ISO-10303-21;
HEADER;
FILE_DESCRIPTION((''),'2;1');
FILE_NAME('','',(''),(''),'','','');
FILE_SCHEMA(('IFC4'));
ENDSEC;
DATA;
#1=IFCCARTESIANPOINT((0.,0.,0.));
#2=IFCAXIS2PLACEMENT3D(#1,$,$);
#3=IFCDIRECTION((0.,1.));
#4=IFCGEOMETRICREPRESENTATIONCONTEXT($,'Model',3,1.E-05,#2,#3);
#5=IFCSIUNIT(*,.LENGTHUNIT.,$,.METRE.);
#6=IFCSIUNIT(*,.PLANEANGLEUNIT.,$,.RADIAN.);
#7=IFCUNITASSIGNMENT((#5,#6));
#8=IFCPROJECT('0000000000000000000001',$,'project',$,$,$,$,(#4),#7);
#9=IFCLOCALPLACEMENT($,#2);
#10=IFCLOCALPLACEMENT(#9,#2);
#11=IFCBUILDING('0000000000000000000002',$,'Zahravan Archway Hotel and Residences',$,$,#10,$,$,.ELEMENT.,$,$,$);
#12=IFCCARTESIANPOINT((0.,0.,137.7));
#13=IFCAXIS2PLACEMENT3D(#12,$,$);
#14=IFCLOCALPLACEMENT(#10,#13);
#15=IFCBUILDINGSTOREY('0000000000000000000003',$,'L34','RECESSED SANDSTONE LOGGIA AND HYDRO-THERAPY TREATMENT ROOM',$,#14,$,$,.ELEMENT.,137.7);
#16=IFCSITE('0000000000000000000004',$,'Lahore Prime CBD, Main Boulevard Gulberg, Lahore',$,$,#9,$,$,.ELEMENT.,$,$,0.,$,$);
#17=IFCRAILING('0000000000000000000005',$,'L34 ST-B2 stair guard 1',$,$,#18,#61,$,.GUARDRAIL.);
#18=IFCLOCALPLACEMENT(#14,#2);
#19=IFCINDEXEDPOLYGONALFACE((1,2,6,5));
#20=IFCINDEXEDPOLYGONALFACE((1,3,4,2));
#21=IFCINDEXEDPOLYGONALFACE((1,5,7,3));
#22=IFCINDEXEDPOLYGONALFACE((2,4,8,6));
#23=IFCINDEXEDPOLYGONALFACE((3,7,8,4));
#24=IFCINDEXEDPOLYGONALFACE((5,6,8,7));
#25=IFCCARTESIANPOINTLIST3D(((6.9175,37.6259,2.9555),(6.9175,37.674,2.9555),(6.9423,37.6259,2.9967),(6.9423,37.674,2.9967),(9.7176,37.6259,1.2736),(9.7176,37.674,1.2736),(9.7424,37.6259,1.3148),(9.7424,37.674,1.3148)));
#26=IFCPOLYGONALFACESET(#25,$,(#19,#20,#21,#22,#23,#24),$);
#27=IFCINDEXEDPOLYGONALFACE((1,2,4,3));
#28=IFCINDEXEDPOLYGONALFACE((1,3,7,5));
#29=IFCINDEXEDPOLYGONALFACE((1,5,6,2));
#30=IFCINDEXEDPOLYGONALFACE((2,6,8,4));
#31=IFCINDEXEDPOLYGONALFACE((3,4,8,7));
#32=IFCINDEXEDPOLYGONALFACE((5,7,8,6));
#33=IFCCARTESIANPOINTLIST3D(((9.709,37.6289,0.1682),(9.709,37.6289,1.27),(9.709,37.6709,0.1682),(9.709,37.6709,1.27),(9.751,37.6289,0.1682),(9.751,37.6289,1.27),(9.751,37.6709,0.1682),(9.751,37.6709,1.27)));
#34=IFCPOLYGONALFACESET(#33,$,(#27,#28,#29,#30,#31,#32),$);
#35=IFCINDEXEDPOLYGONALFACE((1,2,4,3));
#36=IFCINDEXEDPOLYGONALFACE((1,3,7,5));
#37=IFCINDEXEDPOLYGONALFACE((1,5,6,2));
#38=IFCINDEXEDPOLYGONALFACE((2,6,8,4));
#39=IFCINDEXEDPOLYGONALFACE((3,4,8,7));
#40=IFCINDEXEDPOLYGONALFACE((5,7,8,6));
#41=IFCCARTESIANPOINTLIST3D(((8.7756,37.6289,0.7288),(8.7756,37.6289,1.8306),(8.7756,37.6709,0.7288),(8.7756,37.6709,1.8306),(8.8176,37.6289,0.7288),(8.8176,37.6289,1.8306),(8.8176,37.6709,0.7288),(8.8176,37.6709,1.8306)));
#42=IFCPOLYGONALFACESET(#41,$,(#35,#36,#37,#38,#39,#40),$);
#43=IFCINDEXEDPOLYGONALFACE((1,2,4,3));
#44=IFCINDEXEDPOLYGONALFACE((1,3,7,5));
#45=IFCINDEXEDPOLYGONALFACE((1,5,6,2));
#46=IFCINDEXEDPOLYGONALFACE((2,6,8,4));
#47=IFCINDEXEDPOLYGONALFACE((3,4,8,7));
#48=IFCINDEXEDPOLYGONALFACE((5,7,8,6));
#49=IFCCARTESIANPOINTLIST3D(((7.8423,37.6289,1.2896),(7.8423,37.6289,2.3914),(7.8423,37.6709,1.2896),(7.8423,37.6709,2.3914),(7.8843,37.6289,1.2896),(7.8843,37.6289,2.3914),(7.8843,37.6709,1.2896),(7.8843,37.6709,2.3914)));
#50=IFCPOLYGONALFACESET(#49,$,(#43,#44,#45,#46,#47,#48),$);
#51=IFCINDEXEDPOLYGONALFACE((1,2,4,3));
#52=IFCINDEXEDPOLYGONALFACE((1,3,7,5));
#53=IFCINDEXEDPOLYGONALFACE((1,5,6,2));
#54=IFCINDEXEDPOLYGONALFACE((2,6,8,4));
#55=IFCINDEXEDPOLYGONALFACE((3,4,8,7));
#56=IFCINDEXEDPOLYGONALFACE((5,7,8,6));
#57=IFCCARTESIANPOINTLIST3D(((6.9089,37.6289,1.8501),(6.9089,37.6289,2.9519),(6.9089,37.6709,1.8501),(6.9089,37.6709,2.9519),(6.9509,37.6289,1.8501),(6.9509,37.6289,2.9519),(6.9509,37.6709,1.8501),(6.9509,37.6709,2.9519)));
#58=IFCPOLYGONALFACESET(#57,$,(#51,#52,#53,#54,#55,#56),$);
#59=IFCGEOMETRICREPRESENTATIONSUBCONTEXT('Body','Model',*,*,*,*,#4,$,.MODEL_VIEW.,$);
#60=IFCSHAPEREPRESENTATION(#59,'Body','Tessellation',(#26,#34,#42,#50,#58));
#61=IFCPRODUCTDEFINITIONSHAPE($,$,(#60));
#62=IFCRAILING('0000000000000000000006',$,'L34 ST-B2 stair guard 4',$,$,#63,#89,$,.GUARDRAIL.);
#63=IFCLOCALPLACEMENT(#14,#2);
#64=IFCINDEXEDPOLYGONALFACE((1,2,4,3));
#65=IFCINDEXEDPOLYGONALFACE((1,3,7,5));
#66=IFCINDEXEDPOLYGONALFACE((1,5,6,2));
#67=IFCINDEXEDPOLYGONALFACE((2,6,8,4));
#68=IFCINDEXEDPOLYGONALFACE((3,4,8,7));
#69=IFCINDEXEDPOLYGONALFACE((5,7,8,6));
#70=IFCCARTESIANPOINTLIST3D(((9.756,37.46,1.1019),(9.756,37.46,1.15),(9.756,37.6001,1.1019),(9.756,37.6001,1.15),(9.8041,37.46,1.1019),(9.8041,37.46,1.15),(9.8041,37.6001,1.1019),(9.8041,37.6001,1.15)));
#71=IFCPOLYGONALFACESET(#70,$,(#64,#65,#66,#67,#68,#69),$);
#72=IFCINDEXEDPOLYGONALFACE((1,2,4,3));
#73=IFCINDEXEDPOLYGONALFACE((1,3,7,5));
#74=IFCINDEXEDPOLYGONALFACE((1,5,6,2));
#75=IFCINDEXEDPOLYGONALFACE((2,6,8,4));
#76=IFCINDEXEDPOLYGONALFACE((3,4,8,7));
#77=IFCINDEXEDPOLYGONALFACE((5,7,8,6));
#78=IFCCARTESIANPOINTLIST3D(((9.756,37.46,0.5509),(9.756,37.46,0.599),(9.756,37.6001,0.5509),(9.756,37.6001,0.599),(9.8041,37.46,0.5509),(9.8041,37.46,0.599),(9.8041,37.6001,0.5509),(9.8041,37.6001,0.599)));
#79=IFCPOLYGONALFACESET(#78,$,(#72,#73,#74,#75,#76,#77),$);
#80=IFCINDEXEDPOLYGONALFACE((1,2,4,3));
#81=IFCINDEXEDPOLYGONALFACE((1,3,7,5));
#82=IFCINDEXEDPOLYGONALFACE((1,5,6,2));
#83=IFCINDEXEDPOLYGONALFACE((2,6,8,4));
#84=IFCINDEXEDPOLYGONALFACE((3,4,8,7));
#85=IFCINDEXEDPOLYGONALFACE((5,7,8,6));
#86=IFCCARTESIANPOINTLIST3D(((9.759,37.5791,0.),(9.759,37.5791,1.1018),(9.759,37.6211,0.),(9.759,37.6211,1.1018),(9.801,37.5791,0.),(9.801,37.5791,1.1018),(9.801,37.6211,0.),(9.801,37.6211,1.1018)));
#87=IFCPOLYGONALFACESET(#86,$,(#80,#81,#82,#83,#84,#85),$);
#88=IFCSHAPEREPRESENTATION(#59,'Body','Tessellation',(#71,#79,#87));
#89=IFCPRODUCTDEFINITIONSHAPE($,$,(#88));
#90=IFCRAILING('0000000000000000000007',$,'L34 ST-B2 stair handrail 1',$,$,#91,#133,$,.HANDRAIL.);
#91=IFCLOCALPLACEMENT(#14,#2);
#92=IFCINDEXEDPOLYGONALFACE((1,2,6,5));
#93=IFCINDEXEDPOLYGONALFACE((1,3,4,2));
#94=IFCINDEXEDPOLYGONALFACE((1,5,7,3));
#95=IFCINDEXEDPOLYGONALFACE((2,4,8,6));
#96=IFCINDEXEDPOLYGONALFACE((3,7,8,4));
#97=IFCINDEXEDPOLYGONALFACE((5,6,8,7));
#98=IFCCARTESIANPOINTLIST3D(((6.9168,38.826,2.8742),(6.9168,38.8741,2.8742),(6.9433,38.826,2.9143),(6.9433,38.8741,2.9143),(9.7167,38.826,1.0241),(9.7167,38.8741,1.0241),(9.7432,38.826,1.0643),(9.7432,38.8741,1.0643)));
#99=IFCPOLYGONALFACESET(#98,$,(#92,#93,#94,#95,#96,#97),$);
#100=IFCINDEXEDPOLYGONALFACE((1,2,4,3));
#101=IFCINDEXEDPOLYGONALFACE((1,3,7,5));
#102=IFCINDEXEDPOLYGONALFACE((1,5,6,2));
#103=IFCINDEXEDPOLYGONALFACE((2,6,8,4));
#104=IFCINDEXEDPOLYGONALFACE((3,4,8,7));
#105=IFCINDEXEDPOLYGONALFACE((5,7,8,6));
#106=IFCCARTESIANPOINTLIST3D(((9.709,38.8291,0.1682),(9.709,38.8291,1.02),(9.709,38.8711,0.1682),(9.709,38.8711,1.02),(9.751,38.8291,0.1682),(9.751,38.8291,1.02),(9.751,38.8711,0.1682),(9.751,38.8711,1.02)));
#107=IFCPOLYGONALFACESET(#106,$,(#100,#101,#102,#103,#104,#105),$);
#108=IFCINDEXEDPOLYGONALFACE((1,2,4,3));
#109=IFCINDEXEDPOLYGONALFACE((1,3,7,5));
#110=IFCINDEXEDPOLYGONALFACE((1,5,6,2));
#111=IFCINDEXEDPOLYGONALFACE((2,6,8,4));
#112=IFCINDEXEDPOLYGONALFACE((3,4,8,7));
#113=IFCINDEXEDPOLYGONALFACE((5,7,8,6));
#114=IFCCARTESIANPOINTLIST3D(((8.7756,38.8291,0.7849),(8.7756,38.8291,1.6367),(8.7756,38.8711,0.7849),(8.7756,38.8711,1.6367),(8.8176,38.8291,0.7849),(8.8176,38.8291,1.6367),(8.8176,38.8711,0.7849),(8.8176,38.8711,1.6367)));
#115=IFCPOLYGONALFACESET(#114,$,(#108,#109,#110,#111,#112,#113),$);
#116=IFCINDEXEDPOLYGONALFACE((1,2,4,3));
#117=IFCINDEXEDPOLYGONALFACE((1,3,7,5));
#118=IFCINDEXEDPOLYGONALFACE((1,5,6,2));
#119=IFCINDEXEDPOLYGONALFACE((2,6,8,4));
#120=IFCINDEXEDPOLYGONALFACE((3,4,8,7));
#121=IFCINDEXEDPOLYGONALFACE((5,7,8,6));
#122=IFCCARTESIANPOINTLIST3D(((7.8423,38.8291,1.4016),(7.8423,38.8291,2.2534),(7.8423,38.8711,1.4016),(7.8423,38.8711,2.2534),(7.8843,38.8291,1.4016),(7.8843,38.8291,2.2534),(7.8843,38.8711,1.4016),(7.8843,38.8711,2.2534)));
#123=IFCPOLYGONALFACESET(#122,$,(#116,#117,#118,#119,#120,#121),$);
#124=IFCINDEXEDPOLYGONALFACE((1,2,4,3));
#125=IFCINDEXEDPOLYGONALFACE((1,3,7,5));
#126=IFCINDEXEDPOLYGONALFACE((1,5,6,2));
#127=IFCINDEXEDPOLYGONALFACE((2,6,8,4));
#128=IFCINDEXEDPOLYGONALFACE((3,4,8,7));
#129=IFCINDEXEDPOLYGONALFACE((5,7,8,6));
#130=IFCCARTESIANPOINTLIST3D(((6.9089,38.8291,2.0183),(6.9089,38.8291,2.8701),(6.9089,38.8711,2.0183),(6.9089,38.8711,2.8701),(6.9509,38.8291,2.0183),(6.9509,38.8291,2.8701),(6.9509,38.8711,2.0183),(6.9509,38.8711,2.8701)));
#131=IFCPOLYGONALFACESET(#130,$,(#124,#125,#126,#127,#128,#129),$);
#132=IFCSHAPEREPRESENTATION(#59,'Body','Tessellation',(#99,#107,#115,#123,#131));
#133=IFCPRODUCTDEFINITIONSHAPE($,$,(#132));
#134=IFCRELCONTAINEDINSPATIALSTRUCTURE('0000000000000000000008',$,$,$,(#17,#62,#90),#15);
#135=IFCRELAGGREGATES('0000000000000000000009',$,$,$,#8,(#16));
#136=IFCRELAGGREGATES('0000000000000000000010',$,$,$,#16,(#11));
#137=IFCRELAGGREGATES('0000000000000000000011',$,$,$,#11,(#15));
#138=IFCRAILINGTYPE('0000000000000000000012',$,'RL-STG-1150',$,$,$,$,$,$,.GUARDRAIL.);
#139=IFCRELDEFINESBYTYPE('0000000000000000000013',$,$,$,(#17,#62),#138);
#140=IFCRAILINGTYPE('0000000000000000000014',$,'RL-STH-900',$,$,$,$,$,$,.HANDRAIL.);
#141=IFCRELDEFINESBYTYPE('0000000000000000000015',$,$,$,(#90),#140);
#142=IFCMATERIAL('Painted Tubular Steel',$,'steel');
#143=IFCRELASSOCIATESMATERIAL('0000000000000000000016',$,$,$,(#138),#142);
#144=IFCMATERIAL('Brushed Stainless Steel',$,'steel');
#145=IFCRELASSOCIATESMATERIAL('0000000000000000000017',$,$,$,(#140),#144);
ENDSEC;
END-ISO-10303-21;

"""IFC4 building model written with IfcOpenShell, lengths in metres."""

from ifc_helpers import new_model, si_unit, direction, frame, origin, origin_2d, place, context, subcontext, project, spatial, rectangle, extrude, material, type_object, element, save


model = new_model("IFC4")

# Units and contexts
model_context = context("Model", 3, precision=1e-05, world=origin(), true_north=direction((0.0, 1.0)))
body_context = subcontext(model_context, "Body", "Model", "MODEL_VIEW")
ifc_project = project(units=[si_unit("LENGTHUNIT", "METRE"), si_unit("PLANEANGLEUNIT", "RADIAN")], contexts=[model_context])

# Site, building, storey
site_placement = place(None, origin())
site = spatial("IfcSite", under=ifc_project, at=site_placement, Name="Lahore Prime CBD, Main Boulevard Gulberg, Lahore", CompositionType="ELEMENT", RefElevation=0.0)
building_placement = place(site_placement, origin())
building = spatial("IfcBuilding", under=site, at=building_placement, Name="Zahravan Archway Hotel and Residences", CompositionType="ELEMENT")
storey_placement = place(building_placement, frame((0.0, 0.0, 137.7)))
storey = spatial("IfcBuildingStorey", under=building, at=storey_placement, Name="L34", Description="RECESSED SANDSTONE LOGGIA AND HYDRO-THERAPY TREATMENT ROOM", CompositionType="ELEMENT", Elevation=137.7)

# Railings
ifc_material_1 = material(Name="Painted Tubular Steel", Category="steel")
railing_type_1 = type_object("IfcRailingType", Name="RL-STG-1150", PredefinedType="GUARDRAIL", material=ifc_material_1)
railing_1_placement = place(storey_placement, frame((9.73, 37.6499, 0.1682)))
element("IfcRailing", 1, at=railing_1_placement, inside=storey, type_object=railing_type_1, Name="L34 ST-B2 stair guard 1", PredefinedType="GUARDRAIL", context=body_context, shape_type="SweptSolid", body=[
    extrude(rectangle(XDim=0.0481, YDim=0.0481, at=origin_2d()), frame((0.0, 0.0, 1.126), z_axis=(-0.857242, 0.0, 0.514913), x_axis=(0.0, -1.0, 0.0)), (0.0, 0.0, 1.0), 3.2664),
    extrude(rectangle(XDim=0.042, YDim=0.042, at=origin_2d()), origin(), (0.0, 0.0, 1.0), 1.1018),
    extrude(rectangle(XDim=0.042, YDim=0.042, at=origin_2d()), frame((-0.9333, 0.0, 0.5605)), (0.0, 0.0, 1.0), 1.1018),
    extrude(rectangle(XDim=0.042, YDim=0.042, at=origin_2d()), frame((-1.8667, 0.0, 1.1213)), (0.0, 0.0, 1.0), 1.1018),
    extrude(rectangle(XDim=0.042, YDim=0.042, at=origin_2d()), frame((-2.8, 0.0, 1.6819)), (0.0, 0.0, 1.0), 1.1018),
])
railing_2_placement = place(storey_placement, frame((9.78, 37.6001, 0.0)))
element("IfcRailing", 2, at=railing_2_placement, inside=storey, type_object=railing_type_1, Name="L34 ST-B2 stair guard 4", PredefinedType="GUARDRAIL", context=body_context, shape_type="SweptSolid", body=[
    extrude(rectangle(XDim=0.0481, YDim=0.0481, at=origin_2d()), frame((0.0, 0.0, 1.126), z_axis=(0.0, -1.0, 0.0), x_axis=(1.0, 0.0, 0.0)), (0.0, 0.0, 1.0), 0.1401),
    extrude(rectangle(XDim=0.0481, YDim=0.0481, at=origin_2d()), frame((0.0, 0.0, 0.575), z_axis=(0.0, -1.0, 0.0), x_axis=(1.0, 0.0, 0.0)), (0.0, 0.0, 1.0), 0.1401),
    extrude(rectangle(XDim=0.042, YDim=0.042, at=origin_2d()), origin(), (0.0, 0.0, 1.0), 1.1018),
])
ifc_material_2 = material(Name="Brushed Stainless Steel", Category="steel")
railing_type_2 = type_object("IfcRailingType", Name="RL-STH-900", PredefinedType="HANDRAIL", material=ifc_material_2)
railing_3_placement = place(storey_placement, frame((9.73, 38.8501, 0.1682)))
element("IfcRailing", 3, at=railing_3_placement, inside=storey, type_object=railing_type_2, Name="L34 ST-B2 stair handrail 1", PredefinedType="HANDRAIL", context=body_context, shape_type="SweptSolid", body=[
    extrude(rectangle(XDim=0.0481, YDim=0.0481, at=origin_2d()), frame((0.0, 0.0, 0.876), z_axis=(-0.834326, 0.0, 0.551271), x_axis=(0.0, -1.0, 0.0)), (0.0, 0.0, 1.0), 3.356),
    extrude(rectangle(XDim=0.042, YDim=0.042, at=origin_2d()), origin(), (0.0, 0.0, 1.0), 0.8518),
    extrude(rectangle(XDim=0.042, YDim=0.042, at=origin_2d()), frame((-0.9333, 0.0, 0.6167)), (0.0, 0.0, 1.0), 0.8518),
    extrude(rectangle(XDim=0.042, YDim=0.042, at=origin_2d()), frame((-1.8667, 0.0, 1.2334)), (0.0, 0.0, 1.0), 0.8518),
    extrude(rectangle(XDim=0.042, YDim=0.042, at=origin_2d()), frame((-2.8, 0.0, 1.8501)), (0.0, 0.0, 1.0), 0.8518),
])

save(model, "model.ifc")
